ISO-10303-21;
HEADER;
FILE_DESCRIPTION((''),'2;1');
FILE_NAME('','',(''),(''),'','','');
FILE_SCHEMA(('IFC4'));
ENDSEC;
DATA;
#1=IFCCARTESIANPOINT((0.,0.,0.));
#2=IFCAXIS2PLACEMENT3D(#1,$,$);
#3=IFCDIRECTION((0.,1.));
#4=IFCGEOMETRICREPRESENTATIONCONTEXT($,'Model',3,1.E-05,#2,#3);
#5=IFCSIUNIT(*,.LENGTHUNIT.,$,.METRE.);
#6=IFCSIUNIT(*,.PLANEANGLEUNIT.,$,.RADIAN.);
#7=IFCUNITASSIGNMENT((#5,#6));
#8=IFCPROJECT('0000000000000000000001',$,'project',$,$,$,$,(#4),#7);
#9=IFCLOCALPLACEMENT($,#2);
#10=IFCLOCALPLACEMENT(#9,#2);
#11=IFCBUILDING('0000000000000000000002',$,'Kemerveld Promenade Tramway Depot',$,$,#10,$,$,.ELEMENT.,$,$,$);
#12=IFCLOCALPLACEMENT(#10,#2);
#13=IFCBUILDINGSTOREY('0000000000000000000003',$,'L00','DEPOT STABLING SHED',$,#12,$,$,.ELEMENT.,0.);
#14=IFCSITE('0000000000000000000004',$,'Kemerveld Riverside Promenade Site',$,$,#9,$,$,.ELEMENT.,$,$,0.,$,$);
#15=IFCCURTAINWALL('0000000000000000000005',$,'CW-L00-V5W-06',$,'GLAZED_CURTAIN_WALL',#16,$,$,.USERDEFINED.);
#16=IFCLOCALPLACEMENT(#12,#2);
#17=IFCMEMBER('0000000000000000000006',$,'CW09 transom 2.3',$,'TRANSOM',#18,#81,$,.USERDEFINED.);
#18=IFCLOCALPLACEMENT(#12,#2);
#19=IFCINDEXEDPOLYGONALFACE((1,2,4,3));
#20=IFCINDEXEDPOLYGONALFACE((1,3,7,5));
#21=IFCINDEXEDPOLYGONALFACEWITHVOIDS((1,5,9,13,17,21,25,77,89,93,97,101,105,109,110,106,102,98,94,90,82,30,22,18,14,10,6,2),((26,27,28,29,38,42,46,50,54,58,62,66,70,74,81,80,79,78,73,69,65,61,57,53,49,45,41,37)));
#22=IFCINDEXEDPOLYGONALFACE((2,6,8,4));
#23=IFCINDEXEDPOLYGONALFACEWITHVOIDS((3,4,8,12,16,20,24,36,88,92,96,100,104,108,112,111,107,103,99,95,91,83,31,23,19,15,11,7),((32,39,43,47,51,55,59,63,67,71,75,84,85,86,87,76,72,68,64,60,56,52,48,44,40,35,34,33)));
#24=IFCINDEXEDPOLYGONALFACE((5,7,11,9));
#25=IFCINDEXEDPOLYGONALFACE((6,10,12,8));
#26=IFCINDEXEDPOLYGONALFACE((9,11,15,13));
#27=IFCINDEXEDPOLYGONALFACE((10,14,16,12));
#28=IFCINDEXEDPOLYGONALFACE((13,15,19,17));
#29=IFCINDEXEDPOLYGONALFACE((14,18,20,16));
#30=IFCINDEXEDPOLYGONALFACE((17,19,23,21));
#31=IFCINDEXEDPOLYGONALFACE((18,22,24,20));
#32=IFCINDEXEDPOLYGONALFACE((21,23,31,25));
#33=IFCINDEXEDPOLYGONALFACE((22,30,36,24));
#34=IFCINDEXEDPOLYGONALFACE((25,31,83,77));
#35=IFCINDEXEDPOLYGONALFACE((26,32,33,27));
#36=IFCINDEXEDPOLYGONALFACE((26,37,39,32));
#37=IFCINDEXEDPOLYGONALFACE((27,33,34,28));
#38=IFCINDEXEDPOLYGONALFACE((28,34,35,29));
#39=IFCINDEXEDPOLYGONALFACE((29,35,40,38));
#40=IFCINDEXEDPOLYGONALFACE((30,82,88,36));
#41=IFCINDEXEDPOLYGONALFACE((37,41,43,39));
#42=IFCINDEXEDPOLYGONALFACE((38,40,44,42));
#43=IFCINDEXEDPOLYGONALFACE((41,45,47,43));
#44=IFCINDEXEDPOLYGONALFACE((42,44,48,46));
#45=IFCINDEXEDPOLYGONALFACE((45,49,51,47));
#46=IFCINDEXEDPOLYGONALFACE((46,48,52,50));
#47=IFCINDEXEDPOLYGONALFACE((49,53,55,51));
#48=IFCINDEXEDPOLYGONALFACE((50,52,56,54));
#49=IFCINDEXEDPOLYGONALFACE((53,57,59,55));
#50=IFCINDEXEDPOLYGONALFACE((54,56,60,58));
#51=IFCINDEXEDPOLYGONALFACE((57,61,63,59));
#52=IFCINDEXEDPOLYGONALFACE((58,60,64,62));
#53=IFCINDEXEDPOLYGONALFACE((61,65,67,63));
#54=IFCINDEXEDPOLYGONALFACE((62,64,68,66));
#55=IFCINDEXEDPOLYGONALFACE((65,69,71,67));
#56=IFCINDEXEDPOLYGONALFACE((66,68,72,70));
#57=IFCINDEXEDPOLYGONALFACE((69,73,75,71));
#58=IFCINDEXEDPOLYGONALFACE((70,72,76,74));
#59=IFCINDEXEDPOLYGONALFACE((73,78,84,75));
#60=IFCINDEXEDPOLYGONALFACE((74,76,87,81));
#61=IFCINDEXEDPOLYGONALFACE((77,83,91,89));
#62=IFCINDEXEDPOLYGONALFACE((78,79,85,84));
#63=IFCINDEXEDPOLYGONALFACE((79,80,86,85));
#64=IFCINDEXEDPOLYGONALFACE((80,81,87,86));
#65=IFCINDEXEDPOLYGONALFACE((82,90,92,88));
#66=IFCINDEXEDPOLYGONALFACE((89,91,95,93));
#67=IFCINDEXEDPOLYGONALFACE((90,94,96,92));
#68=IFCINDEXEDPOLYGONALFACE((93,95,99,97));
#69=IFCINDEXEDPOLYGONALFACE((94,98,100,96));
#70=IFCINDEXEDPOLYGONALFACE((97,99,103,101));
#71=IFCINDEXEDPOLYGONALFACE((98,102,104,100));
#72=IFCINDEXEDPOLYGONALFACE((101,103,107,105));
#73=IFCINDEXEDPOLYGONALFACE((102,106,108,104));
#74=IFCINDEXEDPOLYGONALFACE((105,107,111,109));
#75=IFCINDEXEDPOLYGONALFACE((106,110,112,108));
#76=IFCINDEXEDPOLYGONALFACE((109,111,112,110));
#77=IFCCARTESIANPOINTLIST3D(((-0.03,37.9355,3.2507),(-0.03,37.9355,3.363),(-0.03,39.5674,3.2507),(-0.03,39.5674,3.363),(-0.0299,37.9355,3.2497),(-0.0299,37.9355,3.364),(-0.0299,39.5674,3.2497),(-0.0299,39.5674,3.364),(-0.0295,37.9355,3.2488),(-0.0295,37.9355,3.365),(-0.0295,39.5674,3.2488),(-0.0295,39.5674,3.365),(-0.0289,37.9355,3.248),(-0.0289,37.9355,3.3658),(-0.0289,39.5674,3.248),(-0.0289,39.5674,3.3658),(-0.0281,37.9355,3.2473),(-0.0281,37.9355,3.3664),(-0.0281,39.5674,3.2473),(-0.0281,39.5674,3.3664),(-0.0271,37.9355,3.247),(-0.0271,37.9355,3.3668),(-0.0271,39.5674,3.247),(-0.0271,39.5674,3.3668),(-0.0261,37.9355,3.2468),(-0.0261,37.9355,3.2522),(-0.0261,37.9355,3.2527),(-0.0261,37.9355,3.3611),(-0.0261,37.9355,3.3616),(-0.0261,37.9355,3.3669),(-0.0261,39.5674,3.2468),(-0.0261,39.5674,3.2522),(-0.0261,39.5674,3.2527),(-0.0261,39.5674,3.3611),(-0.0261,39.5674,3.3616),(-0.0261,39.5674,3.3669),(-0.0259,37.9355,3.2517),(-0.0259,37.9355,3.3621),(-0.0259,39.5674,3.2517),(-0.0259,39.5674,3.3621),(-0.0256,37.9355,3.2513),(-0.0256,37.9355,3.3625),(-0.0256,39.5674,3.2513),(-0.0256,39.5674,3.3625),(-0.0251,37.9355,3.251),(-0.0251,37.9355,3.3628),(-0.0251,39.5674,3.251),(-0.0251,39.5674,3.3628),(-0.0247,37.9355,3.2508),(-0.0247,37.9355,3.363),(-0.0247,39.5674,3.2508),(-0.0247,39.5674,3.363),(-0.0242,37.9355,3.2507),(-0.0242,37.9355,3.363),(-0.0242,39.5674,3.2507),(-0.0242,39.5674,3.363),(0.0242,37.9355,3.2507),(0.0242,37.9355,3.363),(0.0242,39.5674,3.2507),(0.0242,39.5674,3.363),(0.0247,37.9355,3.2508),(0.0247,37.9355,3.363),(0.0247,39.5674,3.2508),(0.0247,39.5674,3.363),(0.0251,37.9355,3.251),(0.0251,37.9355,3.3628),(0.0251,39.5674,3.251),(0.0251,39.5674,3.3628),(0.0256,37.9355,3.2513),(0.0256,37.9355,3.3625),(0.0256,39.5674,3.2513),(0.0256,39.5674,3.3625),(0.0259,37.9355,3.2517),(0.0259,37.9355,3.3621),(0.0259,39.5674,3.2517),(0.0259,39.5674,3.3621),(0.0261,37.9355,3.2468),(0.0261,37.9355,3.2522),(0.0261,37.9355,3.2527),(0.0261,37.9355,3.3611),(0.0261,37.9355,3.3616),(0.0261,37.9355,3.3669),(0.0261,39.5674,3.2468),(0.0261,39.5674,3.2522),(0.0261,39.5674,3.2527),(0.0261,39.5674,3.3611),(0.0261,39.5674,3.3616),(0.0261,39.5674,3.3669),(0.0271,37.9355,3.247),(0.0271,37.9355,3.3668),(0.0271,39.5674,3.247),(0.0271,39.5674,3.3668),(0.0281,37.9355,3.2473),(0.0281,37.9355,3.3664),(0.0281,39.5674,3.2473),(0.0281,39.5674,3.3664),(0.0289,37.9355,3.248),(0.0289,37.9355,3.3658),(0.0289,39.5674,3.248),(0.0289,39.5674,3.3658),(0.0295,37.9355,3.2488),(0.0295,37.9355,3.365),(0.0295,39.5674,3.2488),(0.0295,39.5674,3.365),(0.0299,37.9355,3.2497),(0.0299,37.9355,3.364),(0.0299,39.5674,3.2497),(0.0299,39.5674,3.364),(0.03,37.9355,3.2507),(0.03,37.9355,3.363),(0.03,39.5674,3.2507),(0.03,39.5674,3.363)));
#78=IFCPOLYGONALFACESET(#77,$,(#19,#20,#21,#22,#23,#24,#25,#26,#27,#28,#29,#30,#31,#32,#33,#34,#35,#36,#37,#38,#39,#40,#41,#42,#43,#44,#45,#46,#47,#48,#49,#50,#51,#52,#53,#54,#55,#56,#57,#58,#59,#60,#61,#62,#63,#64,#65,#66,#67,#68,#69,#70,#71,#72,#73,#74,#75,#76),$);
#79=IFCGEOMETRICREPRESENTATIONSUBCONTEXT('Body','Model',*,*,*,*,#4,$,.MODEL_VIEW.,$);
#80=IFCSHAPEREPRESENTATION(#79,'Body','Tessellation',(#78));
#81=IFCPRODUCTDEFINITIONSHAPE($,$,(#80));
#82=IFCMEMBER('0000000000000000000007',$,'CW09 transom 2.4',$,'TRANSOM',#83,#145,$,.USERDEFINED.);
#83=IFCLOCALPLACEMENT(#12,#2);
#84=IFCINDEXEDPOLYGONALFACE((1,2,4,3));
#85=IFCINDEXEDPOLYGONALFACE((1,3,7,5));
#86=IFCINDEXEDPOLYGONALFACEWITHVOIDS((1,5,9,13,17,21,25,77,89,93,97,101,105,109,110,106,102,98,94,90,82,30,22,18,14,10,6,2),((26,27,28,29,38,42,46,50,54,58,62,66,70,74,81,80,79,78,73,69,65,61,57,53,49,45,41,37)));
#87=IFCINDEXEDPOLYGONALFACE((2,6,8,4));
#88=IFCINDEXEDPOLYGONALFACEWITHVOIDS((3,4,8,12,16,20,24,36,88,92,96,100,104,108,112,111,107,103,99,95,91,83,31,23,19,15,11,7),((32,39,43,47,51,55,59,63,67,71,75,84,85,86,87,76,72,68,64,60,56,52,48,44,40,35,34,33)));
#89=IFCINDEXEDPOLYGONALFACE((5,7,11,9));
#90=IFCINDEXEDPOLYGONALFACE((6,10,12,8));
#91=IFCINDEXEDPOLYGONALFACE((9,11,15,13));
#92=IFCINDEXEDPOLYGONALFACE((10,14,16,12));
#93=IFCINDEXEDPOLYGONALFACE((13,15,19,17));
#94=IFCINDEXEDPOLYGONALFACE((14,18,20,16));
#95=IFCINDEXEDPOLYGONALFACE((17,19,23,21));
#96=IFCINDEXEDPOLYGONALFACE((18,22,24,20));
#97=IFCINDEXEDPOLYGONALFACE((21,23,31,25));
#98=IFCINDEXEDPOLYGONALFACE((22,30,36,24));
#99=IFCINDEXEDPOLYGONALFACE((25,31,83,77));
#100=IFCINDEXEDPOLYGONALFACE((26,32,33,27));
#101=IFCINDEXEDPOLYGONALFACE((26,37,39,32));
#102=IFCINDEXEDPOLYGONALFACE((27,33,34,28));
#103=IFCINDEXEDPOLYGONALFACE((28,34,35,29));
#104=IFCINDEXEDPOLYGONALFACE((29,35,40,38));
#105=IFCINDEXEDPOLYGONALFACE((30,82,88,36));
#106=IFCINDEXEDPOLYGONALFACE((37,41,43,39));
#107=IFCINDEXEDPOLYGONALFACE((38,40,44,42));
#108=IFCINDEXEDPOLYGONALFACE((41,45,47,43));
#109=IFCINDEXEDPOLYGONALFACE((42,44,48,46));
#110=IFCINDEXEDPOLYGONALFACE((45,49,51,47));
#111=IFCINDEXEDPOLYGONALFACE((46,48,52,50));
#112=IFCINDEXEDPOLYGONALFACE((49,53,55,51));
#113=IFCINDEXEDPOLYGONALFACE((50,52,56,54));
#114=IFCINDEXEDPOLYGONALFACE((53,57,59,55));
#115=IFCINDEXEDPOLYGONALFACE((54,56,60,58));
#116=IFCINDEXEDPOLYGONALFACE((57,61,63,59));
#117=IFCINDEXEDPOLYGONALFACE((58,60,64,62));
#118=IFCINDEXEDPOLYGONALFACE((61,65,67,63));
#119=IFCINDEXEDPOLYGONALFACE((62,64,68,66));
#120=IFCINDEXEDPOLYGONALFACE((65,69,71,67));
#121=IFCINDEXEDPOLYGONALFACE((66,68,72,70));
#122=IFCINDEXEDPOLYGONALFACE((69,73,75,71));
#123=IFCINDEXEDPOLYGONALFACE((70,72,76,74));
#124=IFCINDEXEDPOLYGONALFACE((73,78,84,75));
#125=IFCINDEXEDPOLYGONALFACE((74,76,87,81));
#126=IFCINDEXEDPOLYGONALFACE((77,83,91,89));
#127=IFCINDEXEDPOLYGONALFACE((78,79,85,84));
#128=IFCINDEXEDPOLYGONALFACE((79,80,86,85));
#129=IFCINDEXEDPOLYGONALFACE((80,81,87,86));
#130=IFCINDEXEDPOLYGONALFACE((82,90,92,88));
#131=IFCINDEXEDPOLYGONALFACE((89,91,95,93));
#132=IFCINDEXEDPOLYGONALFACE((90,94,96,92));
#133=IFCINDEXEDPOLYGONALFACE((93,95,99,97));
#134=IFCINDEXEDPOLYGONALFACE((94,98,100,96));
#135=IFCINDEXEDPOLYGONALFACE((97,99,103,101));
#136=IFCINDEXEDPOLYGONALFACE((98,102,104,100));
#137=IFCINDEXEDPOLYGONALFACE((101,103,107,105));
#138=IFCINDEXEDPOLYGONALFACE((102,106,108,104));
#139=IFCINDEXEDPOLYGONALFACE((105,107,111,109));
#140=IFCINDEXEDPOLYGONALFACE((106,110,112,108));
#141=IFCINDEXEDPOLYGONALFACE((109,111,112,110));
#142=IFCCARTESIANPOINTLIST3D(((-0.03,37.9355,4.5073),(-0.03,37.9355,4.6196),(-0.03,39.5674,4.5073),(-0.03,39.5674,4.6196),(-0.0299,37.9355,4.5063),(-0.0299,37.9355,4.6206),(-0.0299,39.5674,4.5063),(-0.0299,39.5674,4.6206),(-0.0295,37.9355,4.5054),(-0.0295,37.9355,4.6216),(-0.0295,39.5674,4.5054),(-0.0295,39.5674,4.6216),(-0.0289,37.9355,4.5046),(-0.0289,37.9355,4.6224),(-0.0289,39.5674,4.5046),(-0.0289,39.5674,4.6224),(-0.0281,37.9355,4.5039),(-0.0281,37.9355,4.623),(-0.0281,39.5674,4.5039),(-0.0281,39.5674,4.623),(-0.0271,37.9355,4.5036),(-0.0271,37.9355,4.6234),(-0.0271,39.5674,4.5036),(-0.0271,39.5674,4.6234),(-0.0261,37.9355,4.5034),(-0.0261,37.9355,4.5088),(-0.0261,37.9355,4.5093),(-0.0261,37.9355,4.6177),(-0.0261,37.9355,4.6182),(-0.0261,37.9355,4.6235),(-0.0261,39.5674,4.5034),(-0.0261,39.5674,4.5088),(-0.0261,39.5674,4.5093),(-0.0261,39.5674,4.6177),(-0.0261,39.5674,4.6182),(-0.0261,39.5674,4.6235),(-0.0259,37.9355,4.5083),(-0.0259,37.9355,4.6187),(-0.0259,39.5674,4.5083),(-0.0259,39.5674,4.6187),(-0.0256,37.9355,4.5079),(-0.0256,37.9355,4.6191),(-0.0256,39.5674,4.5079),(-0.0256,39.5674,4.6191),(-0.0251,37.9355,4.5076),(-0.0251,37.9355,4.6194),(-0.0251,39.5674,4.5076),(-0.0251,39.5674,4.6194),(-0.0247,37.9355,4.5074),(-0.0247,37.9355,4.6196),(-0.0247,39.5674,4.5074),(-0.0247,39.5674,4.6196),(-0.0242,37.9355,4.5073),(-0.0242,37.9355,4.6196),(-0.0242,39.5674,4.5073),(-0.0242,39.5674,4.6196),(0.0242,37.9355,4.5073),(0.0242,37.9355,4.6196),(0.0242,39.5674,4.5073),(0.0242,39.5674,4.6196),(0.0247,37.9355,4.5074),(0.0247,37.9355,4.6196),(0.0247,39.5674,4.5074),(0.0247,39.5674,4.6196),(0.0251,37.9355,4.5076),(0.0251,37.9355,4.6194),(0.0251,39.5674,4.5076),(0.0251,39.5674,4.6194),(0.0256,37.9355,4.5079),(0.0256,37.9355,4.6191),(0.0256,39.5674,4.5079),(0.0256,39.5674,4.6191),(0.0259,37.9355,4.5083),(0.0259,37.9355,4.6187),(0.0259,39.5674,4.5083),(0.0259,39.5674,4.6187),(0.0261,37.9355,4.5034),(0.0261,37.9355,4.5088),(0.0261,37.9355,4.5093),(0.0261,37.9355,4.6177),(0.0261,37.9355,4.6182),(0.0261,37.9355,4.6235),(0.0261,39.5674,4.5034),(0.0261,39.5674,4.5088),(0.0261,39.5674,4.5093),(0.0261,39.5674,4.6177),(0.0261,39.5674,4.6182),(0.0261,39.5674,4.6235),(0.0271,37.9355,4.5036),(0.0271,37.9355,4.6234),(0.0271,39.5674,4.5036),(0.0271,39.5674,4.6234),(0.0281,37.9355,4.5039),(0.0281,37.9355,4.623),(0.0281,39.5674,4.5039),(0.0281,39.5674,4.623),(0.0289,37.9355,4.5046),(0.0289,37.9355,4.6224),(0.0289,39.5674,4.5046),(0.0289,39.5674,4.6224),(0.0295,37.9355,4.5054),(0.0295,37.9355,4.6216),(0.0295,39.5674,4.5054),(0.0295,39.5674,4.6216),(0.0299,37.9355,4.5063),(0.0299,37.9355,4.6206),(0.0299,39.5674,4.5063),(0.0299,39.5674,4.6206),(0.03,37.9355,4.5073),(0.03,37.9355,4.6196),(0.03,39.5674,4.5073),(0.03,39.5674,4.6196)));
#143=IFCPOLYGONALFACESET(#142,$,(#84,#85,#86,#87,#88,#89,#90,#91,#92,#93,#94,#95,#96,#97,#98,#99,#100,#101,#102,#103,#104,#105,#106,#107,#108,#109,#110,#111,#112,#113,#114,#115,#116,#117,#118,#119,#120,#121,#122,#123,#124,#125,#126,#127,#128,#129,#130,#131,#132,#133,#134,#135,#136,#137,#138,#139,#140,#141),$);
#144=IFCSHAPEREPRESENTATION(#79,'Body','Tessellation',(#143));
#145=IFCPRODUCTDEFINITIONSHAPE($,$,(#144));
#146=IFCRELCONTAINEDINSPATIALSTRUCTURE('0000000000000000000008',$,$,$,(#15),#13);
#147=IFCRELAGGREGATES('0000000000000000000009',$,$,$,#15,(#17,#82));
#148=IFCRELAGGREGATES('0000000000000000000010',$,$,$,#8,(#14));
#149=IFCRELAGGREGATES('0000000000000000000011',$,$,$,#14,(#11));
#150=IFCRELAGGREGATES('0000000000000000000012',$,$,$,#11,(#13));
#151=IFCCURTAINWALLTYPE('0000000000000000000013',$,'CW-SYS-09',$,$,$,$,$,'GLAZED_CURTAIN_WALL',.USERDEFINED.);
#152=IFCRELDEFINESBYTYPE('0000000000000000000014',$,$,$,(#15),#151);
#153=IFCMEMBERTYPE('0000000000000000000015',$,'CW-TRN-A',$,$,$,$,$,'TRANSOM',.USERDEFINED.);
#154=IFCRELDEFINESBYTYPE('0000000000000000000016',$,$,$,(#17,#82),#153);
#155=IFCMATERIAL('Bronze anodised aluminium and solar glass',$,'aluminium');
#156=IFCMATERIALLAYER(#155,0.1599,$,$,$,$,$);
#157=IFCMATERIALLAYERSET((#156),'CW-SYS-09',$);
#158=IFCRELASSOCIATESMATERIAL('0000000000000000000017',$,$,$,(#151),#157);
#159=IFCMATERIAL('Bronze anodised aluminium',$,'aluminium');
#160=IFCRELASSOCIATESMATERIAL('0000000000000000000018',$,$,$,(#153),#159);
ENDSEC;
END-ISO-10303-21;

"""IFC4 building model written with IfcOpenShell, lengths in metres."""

from ifc_helpers import new_model, si_unit, direction, frame, origin, origin_2d, place, context, subcontext, project, spatial, hollow_rectangle, extrude, material, layer, layer_set, material_profile, profile_set, type_object, element, aggregate, save


model = new_model("IFC4")

# Units and contexts
model_context = context("Model", 3, precision=1e-05, world=origin(), true_north=direction((0.0, 1.0)))
body_context = subcontext(model_context, "Body", "Model", "MODEL_VIEW")
ifc_project = project(units=[si_unit("LENGTHUNIT", "METRE"), si_unit("PLANEANGLEUNIT", "RADIAN")], contexts=[model_context])

# Site, building, storey
site_placement = place(None, origin())
site = spatial("IfcSite", under=ifc_project, at=site_placement, Name="Kemerveld Riverside Promenade Site", CompositionType="ELEMENT", RefElevation=0.0)
building_placement = place(site_placement, origin())
building = spatial("IfcBuilding", under=site, at=building_placement, Name="Kemerveld Promenade Tramway Depot", CompositionType="ELEMENT")
storey_placement = place(building_placement, origin())
storey = spatial("IfcBuildingStorey", under=building, at=storey_placement, Name="L00", Description="DEPOT STABLING SHED", CompositionType="ELEMENT", Elevation=0.0)

# Curtain wall, members
ifc_material_1 = material(Name="Bronze anodised aluminium and solar glass", Category="aluminium")
ifc_layer_1 = layer(ifc_material_1, 0.1599)
ifc_layer_set_1 = layer_set([ifc_layer_1], Name="CW-SYS-09")
curtain_wall_type = type_object("IfcCurtainWallType", Name="CW-SYS-09", ElementType="GLAZED_CURTAIN_WALL", PredefinedType="USERDEFINED", material=ifc_layer_set_1)
curtain_wall_placement = place(storey_placement, origin())
curtain_wall = element("IfcCurtainWall", 1, at=curtain_wall_placement, inside=storey, type_object=curtain_wall_type, Name="CW-L00-V5W-06", ObjectType="GLAZED_CURTAIN_WALL", PredefinedType="USERDEFINED")
ifc_material_2 = material(Name="Bronze anodised aluminium", Category="aluminium")
ifc_material_profile_1 = material_profile(ifc_material_2, hollow_rectangle(XDim=0.0601, YDim=0.1201, WallThickness=0.0039, InnerFilletRadius=0.002, OuterFilletRadius=0.0039, at=origin_2d()), Name="CW-TRN-120x60")
ifc_profile_set_1 = profile_set([ifc_material_profile_1], Name="Bronze anodised aluminium")
member_type_1 = type_object("IfcMemberType", Name="CW-TRN-A", ElementType="TRANSOM", PredefinedType="USERDEFINED", material=ifc_profile_set_1)
member_1_placement = place(storey_placement, frame((0.0, 37.9355, 3.3069), z_axis=(0.0, 1.0, 0.0), x_axis=(-1.0, 0.0, 0.0)))
member_1 = element("IfcMember", 2, at=member_1_placement, type_object=member_type_1, Name="CW09 transom 2.3", ObjectType="TRANSOM", PredefinedType="USERDEFINED", context=body_context, shape_type="SweptSolid", body=[
    extrude(hollow_rectangle(XDim=0.0601, YDim=0.1201, WallThickness=0.0039, InnerFilletRadius=0.002, OuterFilletRadius=0.0039, at=origin_2d()), origin(), (0.0, 0.0, 1.0), 1.6318),
])
member_2_placement = place(storey_placement, frame((0.0, 37.9355, 4.5635), z_axis=(0.0, 1.0, 0.0), x_axis=(-1.0, 0.0, 0.0)))
member_2 = element("IfcMember", 3, at=member_2_placement, type_object=member_type_1, Name="CW09 transom 2.4", ObjectType="TRANSOM", PredefinedType="USERDEFINED", context=body_context, shape_type="SweptSolid", body=[
    extrude(hollow_rectangle(XDim=0.0601, YDim=0.1201, WallThickness=0.0039, InnerFilletRadius=0.002, OuterFilletRadius=0.0039, at=origin_2d()), origin(), (0.0, 0.0, 1.0), 1.6318),
])
aggregate(curtain_wall, [member_1, member_2])

save(model, "model.ifc")
